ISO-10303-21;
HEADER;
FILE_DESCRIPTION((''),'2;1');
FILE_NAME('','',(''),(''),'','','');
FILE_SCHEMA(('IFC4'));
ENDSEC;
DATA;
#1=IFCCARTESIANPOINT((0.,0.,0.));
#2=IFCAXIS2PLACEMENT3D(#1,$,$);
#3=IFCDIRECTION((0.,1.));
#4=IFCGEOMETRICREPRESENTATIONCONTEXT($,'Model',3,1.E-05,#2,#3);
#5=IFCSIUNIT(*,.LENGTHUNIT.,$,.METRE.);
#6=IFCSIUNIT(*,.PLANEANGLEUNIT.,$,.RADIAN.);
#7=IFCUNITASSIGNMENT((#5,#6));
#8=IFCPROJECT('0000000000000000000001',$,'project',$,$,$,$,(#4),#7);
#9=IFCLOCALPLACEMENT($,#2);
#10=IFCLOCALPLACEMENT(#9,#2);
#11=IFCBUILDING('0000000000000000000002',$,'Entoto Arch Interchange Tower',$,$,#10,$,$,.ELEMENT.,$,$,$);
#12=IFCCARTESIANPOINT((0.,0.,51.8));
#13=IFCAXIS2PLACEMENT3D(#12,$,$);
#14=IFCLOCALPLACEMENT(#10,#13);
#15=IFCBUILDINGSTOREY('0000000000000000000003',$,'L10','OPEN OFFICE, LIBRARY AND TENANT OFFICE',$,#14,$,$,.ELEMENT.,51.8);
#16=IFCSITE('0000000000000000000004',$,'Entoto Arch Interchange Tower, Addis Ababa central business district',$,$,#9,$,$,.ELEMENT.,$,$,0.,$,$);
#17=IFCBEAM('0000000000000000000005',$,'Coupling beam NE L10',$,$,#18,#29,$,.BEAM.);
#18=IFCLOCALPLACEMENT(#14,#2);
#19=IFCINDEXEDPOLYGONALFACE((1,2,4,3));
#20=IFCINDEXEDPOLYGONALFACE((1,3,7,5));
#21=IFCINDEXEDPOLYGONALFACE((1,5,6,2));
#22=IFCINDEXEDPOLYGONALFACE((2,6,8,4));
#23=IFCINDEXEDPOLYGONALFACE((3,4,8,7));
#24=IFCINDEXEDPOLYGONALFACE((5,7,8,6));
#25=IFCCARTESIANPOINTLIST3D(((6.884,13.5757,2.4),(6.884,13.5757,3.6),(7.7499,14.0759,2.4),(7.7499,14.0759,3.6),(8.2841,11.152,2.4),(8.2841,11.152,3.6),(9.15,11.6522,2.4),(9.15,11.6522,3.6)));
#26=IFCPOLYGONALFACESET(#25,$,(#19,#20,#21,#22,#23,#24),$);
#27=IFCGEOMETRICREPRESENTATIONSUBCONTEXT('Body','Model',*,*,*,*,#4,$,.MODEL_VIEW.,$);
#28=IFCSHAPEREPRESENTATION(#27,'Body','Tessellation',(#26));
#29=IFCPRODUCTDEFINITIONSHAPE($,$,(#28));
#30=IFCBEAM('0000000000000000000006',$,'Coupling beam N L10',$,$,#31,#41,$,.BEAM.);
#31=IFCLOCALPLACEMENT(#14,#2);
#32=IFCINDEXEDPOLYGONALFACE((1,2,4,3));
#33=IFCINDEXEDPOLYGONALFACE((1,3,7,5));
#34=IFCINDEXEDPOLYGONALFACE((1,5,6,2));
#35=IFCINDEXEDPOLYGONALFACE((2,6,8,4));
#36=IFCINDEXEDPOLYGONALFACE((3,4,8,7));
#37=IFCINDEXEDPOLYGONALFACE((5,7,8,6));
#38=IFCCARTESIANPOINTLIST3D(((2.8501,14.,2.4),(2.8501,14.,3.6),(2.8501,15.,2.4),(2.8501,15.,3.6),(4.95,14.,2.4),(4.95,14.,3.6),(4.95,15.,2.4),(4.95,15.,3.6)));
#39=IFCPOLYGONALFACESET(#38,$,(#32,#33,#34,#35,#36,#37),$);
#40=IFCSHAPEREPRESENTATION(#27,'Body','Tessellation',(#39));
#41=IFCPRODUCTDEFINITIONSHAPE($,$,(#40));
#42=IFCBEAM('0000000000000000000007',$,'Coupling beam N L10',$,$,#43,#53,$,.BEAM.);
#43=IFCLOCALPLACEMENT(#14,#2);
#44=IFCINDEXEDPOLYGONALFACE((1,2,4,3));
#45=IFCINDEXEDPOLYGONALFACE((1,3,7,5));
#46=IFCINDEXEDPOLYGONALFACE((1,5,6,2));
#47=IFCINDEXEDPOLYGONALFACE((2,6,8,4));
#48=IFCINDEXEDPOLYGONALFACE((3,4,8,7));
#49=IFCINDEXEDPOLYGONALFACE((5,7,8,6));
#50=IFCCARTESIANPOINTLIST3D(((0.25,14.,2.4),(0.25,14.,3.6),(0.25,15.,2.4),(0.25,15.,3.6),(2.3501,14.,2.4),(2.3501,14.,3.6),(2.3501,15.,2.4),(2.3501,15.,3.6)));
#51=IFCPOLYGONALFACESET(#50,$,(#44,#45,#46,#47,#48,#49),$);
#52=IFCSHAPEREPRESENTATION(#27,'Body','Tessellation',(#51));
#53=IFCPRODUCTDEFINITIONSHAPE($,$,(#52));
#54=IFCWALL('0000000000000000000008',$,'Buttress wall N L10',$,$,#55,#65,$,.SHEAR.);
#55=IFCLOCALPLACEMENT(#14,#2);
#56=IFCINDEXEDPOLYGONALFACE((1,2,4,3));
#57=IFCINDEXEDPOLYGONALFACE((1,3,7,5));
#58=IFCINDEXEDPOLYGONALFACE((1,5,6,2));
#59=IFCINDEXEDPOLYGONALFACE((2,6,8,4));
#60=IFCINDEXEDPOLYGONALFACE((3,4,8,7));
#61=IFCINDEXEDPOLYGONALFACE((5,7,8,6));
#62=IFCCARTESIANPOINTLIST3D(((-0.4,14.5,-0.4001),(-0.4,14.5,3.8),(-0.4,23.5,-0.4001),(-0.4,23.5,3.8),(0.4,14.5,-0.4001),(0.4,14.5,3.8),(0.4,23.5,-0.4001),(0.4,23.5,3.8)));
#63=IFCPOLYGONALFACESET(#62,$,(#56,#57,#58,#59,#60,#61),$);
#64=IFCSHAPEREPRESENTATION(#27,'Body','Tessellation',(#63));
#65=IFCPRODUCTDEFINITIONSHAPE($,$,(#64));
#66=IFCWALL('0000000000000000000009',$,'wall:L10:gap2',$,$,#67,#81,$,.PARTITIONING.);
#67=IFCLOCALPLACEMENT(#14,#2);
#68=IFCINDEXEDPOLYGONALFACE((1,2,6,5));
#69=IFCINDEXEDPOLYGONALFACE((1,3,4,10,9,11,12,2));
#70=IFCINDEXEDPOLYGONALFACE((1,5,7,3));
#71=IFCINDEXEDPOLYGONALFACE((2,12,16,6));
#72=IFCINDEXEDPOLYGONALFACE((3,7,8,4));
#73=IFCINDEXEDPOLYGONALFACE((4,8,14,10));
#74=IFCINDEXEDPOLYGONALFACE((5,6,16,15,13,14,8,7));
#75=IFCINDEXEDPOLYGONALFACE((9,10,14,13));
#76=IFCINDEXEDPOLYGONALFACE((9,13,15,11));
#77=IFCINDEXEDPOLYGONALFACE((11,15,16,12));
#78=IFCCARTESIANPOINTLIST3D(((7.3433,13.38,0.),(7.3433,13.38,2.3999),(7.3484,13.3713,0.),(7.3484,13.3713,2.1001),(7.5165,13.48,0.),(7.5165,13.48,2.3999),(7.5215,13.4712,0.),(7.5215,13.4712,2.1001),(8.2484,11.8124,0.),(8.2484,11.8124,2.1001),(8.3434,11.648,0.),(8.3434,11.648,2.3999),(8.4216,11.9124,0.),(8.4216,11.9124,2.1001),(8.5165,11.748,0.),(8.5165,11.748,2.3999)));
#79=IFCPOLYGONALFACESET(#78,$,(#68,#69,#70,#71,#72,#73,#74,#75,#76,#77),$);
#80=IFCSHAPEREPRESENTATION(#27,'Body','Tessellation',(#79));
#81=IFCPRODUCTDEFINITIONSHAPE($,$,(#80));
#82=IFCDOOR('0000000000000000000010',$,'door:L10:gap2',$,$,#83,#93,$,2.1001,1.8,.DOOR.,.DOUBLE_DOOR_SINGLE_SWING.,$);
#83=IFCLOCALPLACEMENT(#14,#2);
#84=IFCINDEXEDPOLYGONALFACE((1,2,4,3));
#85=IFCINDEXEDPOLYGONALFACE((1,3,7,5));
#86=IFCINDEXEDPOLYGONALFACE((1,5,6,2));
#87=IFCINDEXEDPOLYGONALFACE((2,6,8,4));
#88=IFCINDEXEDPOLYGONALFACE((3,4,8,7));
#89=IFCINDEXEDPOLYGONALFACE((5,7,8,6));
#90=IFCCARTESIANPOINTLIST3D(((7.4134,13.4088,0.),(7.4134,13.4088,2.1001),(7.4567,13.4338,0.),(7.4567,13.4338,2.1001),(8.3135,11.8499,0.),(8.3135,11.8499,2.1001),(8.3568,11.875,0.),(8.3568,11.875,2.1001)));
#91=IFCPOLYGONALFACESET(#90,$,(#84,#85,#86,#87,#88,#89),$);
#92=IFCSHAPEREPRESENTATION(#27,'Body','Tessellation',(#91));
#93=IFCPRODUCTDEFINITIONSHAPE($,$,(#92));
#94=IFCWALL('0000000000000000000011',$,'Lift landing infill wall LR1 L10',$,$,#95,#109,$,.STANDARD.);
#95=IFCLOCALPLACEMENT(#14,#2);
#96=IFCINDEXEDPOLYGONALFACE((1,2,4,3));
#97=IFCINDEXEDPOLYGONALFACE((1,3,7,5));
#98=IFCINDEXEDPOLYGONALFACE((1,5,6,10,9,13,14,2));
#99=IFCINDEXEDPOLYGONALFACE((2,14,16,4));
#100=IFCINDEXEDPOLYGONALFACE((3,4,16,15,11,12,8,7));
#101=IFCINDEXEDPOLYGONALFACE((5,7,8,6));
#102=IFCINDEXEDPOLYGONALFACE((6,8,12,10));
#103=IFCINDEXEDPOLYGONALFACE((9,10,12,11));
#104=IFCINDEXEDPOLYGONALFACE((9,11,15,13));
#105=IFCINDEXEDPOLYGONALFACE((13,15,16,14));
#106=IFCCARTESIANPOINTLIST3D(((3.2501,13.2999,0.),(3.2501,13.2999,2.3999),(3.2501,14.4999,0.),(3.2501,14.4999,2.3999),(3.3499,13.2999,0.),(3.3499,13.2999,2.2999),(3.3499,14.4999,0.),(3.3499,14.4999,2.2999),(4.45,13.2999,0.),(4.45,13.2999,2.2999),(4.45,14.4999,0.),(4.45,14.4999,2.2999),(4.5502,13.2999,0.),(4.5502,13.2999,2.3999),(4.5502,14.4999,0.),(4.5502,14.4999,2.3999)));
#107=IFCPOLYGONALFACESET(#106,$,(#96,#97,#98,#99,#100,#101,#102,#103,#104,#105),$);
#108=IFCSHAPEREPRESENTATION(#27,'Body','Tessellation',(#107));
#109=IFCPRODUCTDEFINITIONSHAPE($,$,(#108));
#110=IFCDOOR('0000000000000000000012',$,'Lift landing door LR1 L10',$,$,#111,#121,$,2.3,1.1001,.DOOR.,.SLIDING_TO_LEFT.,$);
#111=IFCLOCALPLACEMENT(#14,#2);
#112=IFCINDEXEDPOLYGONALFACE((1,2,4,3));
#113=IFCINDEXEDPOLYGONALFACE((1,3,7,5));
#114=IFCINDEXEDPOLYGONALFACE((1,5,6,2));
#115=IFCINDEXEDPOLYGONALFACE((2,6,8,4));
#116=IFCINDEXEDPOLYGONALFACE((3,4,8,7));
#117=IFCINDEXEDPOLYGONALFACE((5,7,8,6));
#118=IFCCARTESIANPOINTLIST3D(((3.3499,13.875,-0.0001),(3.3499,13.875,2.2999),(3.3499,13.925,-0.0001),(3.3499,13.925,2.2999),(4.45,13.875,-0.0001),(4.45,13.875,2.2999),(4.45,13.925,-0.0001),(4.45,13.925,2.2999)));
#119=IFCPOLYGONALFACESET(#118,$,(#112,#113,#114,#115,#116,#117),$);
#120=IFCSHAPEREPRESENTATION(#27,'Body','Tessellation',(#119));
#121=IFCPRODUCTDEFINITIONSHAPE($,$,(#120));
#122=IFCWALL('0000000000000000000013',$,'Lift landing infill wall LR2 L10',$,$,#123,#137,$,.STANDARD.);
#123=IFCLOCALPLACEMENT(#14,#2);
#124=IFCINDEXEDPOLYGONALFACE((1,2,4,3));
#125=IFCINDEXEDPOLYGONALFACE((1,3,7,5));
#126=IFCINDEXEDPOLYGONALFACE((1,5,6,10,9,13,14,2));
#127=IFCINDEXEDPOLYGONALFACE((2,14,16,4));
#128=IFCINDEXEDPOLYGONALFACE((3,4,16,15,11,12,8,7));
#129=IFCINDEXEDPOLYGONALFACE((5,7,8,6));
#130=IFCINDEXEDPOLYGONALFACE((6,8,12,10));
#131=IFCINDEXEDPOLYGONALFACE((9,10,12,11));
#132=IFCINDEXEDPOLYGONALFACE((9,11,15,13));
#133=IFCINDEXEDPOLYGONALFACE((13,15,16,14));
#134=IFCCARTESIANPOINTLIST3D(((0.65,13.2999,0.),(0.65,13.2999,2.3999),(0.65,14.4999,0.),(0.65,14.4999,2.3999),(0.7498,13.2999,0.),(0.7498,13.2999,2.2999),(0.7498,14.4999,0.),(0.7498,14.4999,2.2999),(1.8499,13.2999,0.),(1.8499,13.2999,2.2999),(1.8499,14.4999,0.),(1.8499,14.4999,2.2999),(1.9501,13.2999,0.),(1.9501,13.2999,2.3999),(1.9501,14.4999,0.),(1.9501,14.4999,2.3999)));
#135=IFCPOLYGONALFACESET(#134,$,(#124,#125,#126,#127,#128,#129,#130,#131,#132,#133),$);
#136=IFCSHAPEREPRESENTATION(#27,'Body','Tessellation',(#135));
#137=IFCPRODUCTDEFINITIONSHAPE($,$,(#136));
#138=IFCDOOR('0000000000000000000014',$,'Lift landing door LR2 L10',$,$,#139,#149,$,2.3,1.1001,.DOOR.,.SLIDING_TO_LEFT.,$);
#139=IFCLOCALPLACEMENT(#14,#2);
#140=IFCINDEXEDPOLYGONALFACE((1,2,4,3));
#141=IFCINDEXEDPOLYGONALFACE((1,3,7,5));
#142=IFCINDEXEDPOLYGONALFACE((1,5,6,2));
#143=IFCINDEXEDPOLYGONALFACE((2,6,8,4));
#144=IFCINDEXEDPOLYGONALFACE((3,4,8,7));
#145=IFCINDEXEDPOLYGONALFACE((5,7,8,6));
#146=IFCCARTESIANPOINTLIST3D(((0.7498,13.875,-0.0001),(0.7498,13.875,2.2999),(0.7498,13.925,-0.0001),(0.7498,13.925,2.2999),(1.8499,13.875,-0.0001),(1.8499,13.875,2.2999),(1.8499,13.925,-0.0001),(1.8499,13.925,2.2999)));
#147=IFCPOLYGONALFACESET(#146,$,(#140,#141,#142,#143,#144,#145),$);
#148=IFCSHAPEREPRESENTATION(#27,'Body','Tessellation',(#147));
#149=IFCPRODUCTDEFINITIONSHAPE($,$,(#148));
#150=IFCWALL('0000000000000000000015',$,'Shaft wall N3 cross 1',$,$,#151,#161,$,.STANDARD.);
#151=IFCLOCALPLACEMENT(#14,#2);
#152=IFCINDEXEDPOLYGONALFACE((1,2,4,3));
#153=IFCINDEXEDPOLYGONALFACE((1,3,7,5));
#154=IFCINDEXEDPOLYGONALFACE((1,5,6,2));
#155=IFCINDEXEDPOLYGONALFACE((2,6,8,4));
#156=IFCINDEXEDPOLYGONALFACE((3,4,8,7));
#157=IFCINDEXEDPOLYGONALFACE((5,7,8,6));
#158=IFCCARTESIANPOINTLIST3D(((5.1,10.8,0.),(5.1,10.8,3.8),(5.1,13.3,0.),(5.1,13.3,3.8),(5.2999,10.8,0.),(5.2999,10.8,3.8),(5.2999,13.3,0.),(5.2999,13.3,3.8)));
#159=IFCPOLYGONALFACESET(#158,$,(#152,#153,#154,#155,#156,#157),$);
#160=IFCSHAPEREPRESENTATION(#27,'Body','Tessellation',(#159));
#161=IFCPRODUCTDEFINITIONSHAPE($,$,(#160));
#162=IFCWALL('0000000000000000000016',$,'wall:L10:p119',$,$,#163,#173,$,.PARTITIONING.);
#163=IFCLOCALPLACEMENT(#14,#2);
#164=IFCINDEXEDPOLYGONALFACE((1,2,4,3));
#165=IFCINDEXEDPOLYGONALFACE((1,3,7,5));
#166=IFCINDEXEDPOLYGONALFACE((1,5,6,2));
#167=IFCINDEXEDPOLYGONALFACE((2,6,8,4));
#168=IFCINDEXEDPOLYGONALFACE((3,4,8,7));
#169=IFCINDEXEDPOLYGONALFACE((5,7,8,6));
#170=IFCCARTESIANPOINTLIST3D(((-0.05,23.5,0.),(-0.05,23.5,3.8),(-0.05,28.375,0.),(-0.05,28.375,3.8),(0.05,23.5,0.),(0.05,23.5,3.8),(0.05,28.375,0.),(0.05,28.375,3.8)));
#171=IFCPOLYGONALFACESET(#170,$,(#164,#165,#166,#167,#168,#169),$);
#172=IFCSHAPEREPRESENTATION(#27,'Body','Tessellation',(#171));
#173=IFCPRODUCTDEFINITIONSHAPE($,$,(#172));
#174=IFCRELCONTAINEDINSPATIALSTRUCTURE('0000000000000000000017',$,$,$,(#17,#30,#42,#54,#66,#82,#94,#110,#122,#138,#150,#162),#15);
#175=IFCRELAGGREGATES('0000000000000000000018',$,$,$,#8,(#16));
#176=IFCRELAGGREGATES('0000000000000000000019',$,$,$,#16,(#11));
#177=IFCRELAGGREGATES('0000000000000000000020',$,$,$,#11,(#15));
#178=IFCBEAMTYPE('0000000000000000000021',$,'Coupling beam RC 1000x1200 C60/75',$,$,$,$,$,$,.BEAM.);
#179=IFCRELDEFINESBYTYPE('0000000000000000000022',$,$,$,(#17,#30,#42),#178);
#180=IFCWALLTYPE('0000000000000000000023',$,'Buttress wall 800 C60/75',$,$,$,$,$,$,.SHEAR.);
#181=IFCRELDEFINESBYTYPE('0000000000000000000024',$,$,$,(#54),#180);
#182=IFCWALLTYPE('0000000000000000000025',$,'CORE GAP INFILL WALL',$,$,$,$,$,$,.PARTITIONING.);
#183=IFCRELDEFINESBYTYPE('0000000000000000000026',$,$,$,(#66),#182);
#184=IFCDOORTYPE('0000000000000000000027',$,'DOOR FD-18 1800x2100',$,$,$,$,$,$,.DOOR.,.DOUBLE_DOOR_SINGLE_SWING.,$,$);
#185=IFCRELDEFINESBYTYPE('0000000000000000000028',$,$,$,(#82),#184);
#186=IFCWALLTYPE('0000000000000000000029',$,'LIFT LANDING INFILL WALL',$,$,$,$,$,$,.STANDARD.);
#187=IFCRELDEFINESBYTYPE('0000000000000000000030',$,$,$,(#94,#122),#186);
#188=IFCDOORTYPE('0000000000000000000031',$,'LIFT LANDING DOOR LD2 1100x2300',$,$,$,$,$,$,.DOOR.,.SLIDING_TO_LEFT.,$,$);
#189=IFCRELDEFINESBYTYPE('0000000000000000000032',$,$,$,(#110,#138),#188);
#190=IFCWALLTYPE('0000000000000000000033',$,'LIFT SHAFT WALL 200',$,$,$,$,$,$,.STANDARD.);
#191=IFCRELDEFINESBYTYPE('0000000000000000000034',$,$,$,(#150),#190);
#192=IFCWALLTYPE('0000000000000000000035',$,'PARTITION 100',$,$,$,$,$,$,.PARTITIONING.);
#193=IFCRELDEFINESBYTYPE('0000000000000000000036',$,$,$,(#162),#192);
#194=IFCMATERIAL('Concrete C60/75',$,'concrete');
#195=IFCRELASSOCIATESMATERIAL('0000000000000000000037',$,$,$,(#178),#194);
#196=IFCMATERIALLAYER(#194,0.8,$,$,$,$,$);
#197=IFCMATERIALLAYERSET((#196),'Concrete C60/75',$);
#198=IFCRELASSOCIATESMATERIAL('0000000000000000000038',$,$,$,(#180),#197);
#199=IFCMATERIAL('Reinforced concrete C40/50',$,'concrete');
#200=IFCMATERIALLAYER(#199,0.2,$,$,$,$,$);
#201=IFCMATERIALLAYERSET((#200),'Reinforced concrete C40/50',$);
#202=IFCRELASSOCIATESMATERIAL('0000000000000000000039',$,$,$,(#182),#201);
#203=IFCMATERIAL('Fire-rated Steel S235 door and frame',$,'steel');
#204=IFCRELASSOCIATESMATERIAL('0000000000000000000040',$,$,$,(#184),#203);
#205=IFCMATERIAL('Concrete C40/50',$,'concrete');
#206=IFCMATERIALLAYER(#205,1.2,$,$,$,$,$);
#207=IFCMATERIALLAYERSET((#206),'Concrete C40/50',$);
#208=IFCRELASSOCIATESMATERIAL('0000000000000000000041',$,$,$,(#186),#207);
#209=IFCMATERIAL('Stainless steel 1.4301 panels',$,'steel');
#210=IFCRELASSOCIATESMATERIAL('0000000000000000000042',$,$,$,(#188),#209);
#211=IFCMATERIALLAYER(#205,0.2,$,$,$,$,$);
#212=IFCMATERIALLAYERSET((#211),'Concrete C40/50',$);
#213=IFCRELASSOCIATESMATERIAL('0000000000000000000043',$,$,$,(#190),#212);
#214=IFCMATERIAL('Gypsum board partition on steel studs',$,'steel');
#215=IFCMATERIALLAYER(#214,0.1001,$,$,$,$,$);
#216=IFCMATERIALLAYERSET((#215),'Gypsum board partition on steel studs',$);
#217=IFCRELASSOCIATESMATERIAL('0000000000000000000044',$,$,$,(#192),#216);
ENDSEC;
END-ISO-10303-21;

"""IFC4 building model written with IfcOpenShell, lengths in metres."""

from ifc_helpers import new_model, si_unit, direction, frame, frame_2d, origin, origin_2d, place, context, subcontext, project, spatial, rectangle, extrude, material, layer, layer_set, material_profile, profile_set, type_object, element, fill, save


model = new_model("IFC4")

# Units and contexts
model_context = context("Model", 3, precision=1e-05, world=origin(), true_north=direction((0.0, 1.0)))
body_context = subcontext(model_context, "Body", "Model", "MODEL_VIEW")
ifc_project = project(units=[si_unit("LENGTHUNIT", "METRE"), si_unit("PLANEANGLEUNIT", "RADIAN")], contexts=[model_context])

# Site, building, storey
site_placement = place(None, origin())
site = spatial("IfcSite", under=ifc_project, at=site_placement, Name="Entoto Arch Interchange Tower, Addis Ababa central business district", CompositionType="ELEMENT", RefElevation=0.0)
building_placement = place(site_placement, origin())
building = spatial("IfcBuilding", under=site, at=building_placement, Name="Entoto Arch Interchange Tower", CompositionType="ELEMENT")
storey_placement = place(building_placement, frame((0.0, 0.0, 51.8)))
storey = spatial("IfcBuildingStorey", under=building, at=storey_placement, Name="L10", Description="OPEN OFFICE, LIBRARY AND TENANT OFFICE", CompositionType="ELEMENT", Elevation=51.8)

# Beams
ifc_material_1 = material(Name="Concrete C60/75", Category="concrete")
ifc_material_profile = material_profile(ifc_material_1, rectangle(XDim=1.0, YDim=1.2, at=origin_2d()))
ifc_profile_set = profile_set([ifc_material_profile], Name="Concrete C60/75")
beam_type = type_object("IfcBeamType", Name="Coupling beam RC 1000x1200 C60/75", PredefinedType="BEAM", material=ifc_profile_set)
beam_1_placement = place(storey_placement, frame((8.717, 11.4021, 3.0), z_axis=(-0.500201, 0.86591, 0.0), x_axis=(-0.86591, -0.500201, 0.0)))
element("IfcBeam", 1, at=beam_1_placement, inside=storey, type_object=beam_type, Name="Coupling beam NE L10", PredefinedType="BEAM", context=body_context, shape_type="SweptSolid", body=[
    extrude(rectangle(XDim=1.0, YDim=1.2, at=origin_2d()), origin(), (0.0, 0.0, 1.0), 2.7991),
])
beam_2_placement = place(storey_placement, frame((4.95, 14.5, 3.0), z_axis=(-1.0, 0.0, 0.0), x_axis=(0.0, -1.0, 0.0)))
element("IfcBeam", 2, at=beam_2_placement, inside=storey, type_object=beam_type, Name="Coupling beam N L10", PredefinedType="BEAM", context=body_context, shape_type="SweptSolid", body=[
    extrude(rectangle(XDim=1.0, YDim=1.2, at=origin_2d()), origin(), (0.0, 0.0, 1.0), 2.0999),
])
beam_3_placement = place(storey_placement, frame((2.3501, 14.5, 3.0), z_axis=(-1.0, 0.0, 0.0), x_axis=(0.0, -1.0, 0.0)))
element("IfcBeam", 3, at=beam_3_placement, inside=storey, type_object=beam_type, Name="Coupling beam N L10", PredefinedType="BEAM", context=body_context, shape_type="SweptSolid", body=[
    extrude(rectangle(XDim=1.0, YDim=1.2, at=origin_2d()), origin(), (0.0, 0.0, 1.0), 2.1001),
])

# Wall
ifc_layer_1 = layer(ifc_material_1, 0.8)
ifc_layer_set_1 = layer_set([ifc_layer_1], Name="Concrete C60/75")
wall_type_1 = type_object("IfcWallType", Name="Buttress wall 800 C60/75", PredefinedType="SHEAR", material=ifc_layer_set_1)
wall_1_placement = place(storey_placement, frame((0.0, 14.5, -0.4001), z_axis=(0.0, 0.0, 1.0), x_axis=(0.0, 1.0, 0.0)))
element("IfcWall", 4, at=wall_1_placement, inside=storey, type_object=wall_type_1, Name="Buttress wall N L10", PredefinedType="SHEAR", context=body_context, shape_type="SweptSolid", body=[
    extrude(rectangle(XDim=9.0, YDim=0.8, at=frame_2d((4.5, 0.0))), origin(), (0.0, 0.0, 1.0), 4.2002),
])

# Walls, openings, doors
ifc_material_2 = material(Name="Reinforced concrete C40/50", Category="concrete")
ifc_layer_2 = layer(ifc_material_2, 0.2)
ifc_layer_set_2 = layer_set([ifc_layer_2], Name="Reinforced concrete C40/50")
wall_type_2 = type_object("IfcWallType", Name="CORE GAP INFILL WALL", PredefinedType="PARTITIONING", material=ifc_layer_set_2)
wall_2_placement = place(storey_placement, frame((8.4299, 11.698, 0.0), z_axis=(0.0, 0.0, 1.0), x_axis=(-0.500025, 0.866011, 0.0)))
wall_2 = element("IfcWall", 5, at=wall_2_placement, inside=storey, type_object=wall_type_2, Name="wall:L10:gap2", PredefinedType="PARTITIONING", context=body_context, shape_type="SweptSolid", body=[
    extrude(rectangle(XDim=2.0, YDim=0.2, at=frame_2d((1.0, 0.0))), origin(), (0.0, 0.0, 1.0), 2.3999),
])
opening_1_placement = place(wall_2_placement, frame((0.1899, 0.0, 0.0)))
opening_1 = element("IfcOpeningElement", 6, at=opening_1_placement, cuts=wall_2, PredefinedType="OPENING", context=body_context, shape_type="SweptSolid", body=[
    extrude(rectangle(XDim=1.8, YDim=2.1001, at=frame_2d((0.8999, 1.05))), frame((0.0, 0.1099, 0.0), z_axis=(0.0, -1.0, 0.0), x_axis=(1.0, 0.0, 0.0)), (0.0, 0.0, 1.0), 0.22),
])
ifc_material_3 = material(Name="Fire-rated Steel S235 door and frame", Category="steel")
door_type_1 = type_object("IfcDoorType", Name="DOOR FD-18 1800x2100", OperationType="DOUBLE_DOOR_SINGLE_SWING", PredefinedType="DOOR", material=ifc_material_3)
door_1_placement = place(opening_1_placement, origin())
door_1 = element("IfcDoor", 7, at=door_1_placement, inside=storey, type_object=door_type_1, Name="door:L10:gap2", OperationType="DOUBLE_DOOR_SINGLE_SWING", OverallHeight=2.1001, OverallWidth=1.8, PredefinedType="DOOR", context=body_context, shape_type="SweptSolid", body=[
    extrude(rectangle(XDim=1.8, YDim=2.1001, at=frame_2d((0.8999, 1.05))), frame((0.0, 0.0249, 0.0), z_axis=(0.0, -1.0, 0.0), x_axis=(1.0, 0.0, 0.0)), (0.0, 0.0, 1.0), 0.05),
])
fill(opening_1, door_1)
ifc_material_4 = material(Name="Concrete C40/50", Category="concrete")
ifc_layer_3 = layer(ifc_material_4, 1.2)
ifc_layer_set_3 = layer_set([ifc_layer_3], Name="Concrete C40/50")
wall_type_3 = type_object("IfcWallType", Name="LIFT LANDING INFILL WALL", PredefinedType="STANDARD", material=ifc_layer_set_3)
wall_3_placement = place(storey_placement, frame((4.55, 13.8999, 0.0), z_axis=(0.0, 0.0, 1.0), x_axis=(-1.0, 0.0, 0.0)))
wall_3 = element("IfcWall", 8, at=wall_3_placement, inside=storey, type_object=wall_type_3, Name="Lift landing infill wall LR1 L10", PredefinedType="STANDARD", context=body_context, shape_type="SweptSolid", body=[
    extrude(rectangle(XDim=1.3, YDim=1.2, at=frame_2d((0.6499, 0.0))), origin(), (0.0, 0.0, 1.0), 2.3999),
])
opening_2_placement = place(wall_3_placement, frame((0.1001, 0.0, 0.0)))
opening_2 = element("IfcOpeningElement", 9, at=opening_2_placement, cuts=wall_3, PredefinedType="OPENING", context=body_context, shape_type="SweptSolid", body=[
    extrude(rectangle(XDim=1.1001, YDim=2.3, at=frame_2d((0.55, 1.1499))), frame((0.0, 0.6099, 0.0), z_axis=(0.0, -1.0, 0.0), x_axis=(1.0, 0.0, 0.0)), (0.0, 0.0, 1.0), 1.22),
])
ifc_material_5 = material(Name="Stainless steel 1.4301 panels", Category="steel")
door_type_2 = type_object("IfcDoorType", Name="LIFT LANDING DOOR LD2 1100x2300", OperationType="SLIDING_TO_LEFT", PredefinedType="DOOR", material=ifc_material_5)
door_2_placement = place(opening_2_placement, origin())
door_2 = element("IfcDoor", 10, at=door_2_placement, inside=storey, type_object=door_type_2, Name="Lift landing door LR1 L10", OperationType="SLIDING_TO_LEFT", OverallHeight=2.3, OverallWidth=1.1001, PredefinedType="DOOR", context=body_context, shape_type="SweptSolid", body=[
    extrude(rectangle(XDim=1.1001, YDim=2.3, at=frame_2d((0.55, 1.1499))), frame((0.0, 0.0249, 0.0), z_axis=(0.0, -1.0, 0.0), x_axis=(1.0, 0.0, 0.0)), (0.0, 0.0, 1.0), 0.05),
])
fill(opening_2, door_2)
wall_4_placement = place(storey_placement, frame((1.95, 13.8999, 0.0), z_axis=(0.0, 0.0, 1.0), x_axis=(-1.0, 0.0, 0.0)))
wall_4 = element("IfcWall", 11, at=wall_4_placement, inside=storey, type_object=wall_type_3, Name="Lift landing infill wall LR2 L10", PredefinedType="STANDARD", context=body_context, shape_type="SweptSolid", body=[
    extrude(rectangle(XDim=1.3, YDim=1.2, at=frame_2d((0.6499, 0.0))), origin(), (0.0, 0.0, 1.0), 2.3999),
])
opening_3_placement = place(wall_4_placement, frame((0.1001, 0.0, 0.0)))
opening_3 = element("IfcOpeningElement", 12, at=opening_3_placement, cuts=wall_4, PredefinedType="OPENING", context=body_context, shape_type="SweptSolid", body=[
    extrude(rectangle(XDim=1.1001, YDim=2.3, at=frame_2d((0.55, 1.1499))), frame((0.0, 0.6099, 0.0), z_axis=(0.0, -1.0, 0.0), x_axis=(1.0, 0.0, 0.0)), (0.0, 0.0, 1.0), 1.22),
])
door_3_placement = place(opening_3_placement, origin())
door_3 = element("IfcDoor", 13, at=door_3_placement, inside=storey, type_object=door_type_2, Name="Lift landing door LR2 L10", OperationType="SLIDING_TO_LEFT", OverallHeight=2.3, OverallWidth=1.1001, PredefinedType="DOOR", context=body_context, shape_type="SweptSolid", body=[
    extrude(rectangle(XDim=1.1001, YDim=2.3, at=frame_2d((0.55, 1.1499))), frame((0.0, 0.0249, 0.0), z_axis=(0.0, -1.0, 0.0), x_axis=(1.0, 0.0, 0.0)), (0.0, 0.0, 1.0), 0.05),
])
fill(opening_3, door_3)

# Walls
ifc_layer_4 = layer(ifc_material_4, 0.2)
ifc_layer_set_4 = layer_set([ifc_layer_4], Name="Concrete C40/50")
wall_type_4 = type_object("IfcWallType", Name="LIFT SHAFT WALL 200", PredefinedType="STANDARD", material=ifc_layer_set_4)
wall_5_placement = place(storey_placement, frame((5.2, 10.8, 0.0), z_axis=(0.0, 0.0, 1.0), x_axis=(0.0, 1.0, 0.0)))
element("IfcWall", 14, at=wall_5_placement, inside=storey, type_object=wall_type_4, Name="Shaft wall N3 cross 1", PredefinedType="STANDARD", context=body_context, shape_type="SweptSolid", body=[
    extrude(rectangle(XDim=2.5, YDim=0.2, at=frame_2d((1.25, 0.0))), origin(), (0.0, 0.0, 1.0), 3.8),
])
ifc_material_6 = material(Name="Gypsum board partition on steel studs", Category="steel")
ifc_layer_5 = layer(ifc_material_6, 0.1001)
ifc_layer_set_5 = layer_set([ifc_layer_5], Name="Gypsum board partition on steel studs")
wall_type_5 = type_object("IfcWallType", Name="PARTITION 100", PredefinedType="PARTITIONING", material=ifc_layer_set_5)
wall_6_placement = place(storey_placement, frame((0.0, 23.5, 0.0), z_axis=(0.0, 0.0, 1.0), x_axis=(0.0, 1.0, 0.0)))
element("IfcWall", 15, at=wall_6_placement, inside=storey, type_object=wall_type_5, Name="wall:L10:p119", PredefinedType="PARTITIONING", context=body_context, shape_type="SweptSolid", body=[
    extrude(rectangle(XDim=4.875, YDim=0.1001, at=frame_2d((2.4375, 0.0))), origin(), (0.0, 0.0, 1.0), 3.8),
])

save(model, "model.ifc")
